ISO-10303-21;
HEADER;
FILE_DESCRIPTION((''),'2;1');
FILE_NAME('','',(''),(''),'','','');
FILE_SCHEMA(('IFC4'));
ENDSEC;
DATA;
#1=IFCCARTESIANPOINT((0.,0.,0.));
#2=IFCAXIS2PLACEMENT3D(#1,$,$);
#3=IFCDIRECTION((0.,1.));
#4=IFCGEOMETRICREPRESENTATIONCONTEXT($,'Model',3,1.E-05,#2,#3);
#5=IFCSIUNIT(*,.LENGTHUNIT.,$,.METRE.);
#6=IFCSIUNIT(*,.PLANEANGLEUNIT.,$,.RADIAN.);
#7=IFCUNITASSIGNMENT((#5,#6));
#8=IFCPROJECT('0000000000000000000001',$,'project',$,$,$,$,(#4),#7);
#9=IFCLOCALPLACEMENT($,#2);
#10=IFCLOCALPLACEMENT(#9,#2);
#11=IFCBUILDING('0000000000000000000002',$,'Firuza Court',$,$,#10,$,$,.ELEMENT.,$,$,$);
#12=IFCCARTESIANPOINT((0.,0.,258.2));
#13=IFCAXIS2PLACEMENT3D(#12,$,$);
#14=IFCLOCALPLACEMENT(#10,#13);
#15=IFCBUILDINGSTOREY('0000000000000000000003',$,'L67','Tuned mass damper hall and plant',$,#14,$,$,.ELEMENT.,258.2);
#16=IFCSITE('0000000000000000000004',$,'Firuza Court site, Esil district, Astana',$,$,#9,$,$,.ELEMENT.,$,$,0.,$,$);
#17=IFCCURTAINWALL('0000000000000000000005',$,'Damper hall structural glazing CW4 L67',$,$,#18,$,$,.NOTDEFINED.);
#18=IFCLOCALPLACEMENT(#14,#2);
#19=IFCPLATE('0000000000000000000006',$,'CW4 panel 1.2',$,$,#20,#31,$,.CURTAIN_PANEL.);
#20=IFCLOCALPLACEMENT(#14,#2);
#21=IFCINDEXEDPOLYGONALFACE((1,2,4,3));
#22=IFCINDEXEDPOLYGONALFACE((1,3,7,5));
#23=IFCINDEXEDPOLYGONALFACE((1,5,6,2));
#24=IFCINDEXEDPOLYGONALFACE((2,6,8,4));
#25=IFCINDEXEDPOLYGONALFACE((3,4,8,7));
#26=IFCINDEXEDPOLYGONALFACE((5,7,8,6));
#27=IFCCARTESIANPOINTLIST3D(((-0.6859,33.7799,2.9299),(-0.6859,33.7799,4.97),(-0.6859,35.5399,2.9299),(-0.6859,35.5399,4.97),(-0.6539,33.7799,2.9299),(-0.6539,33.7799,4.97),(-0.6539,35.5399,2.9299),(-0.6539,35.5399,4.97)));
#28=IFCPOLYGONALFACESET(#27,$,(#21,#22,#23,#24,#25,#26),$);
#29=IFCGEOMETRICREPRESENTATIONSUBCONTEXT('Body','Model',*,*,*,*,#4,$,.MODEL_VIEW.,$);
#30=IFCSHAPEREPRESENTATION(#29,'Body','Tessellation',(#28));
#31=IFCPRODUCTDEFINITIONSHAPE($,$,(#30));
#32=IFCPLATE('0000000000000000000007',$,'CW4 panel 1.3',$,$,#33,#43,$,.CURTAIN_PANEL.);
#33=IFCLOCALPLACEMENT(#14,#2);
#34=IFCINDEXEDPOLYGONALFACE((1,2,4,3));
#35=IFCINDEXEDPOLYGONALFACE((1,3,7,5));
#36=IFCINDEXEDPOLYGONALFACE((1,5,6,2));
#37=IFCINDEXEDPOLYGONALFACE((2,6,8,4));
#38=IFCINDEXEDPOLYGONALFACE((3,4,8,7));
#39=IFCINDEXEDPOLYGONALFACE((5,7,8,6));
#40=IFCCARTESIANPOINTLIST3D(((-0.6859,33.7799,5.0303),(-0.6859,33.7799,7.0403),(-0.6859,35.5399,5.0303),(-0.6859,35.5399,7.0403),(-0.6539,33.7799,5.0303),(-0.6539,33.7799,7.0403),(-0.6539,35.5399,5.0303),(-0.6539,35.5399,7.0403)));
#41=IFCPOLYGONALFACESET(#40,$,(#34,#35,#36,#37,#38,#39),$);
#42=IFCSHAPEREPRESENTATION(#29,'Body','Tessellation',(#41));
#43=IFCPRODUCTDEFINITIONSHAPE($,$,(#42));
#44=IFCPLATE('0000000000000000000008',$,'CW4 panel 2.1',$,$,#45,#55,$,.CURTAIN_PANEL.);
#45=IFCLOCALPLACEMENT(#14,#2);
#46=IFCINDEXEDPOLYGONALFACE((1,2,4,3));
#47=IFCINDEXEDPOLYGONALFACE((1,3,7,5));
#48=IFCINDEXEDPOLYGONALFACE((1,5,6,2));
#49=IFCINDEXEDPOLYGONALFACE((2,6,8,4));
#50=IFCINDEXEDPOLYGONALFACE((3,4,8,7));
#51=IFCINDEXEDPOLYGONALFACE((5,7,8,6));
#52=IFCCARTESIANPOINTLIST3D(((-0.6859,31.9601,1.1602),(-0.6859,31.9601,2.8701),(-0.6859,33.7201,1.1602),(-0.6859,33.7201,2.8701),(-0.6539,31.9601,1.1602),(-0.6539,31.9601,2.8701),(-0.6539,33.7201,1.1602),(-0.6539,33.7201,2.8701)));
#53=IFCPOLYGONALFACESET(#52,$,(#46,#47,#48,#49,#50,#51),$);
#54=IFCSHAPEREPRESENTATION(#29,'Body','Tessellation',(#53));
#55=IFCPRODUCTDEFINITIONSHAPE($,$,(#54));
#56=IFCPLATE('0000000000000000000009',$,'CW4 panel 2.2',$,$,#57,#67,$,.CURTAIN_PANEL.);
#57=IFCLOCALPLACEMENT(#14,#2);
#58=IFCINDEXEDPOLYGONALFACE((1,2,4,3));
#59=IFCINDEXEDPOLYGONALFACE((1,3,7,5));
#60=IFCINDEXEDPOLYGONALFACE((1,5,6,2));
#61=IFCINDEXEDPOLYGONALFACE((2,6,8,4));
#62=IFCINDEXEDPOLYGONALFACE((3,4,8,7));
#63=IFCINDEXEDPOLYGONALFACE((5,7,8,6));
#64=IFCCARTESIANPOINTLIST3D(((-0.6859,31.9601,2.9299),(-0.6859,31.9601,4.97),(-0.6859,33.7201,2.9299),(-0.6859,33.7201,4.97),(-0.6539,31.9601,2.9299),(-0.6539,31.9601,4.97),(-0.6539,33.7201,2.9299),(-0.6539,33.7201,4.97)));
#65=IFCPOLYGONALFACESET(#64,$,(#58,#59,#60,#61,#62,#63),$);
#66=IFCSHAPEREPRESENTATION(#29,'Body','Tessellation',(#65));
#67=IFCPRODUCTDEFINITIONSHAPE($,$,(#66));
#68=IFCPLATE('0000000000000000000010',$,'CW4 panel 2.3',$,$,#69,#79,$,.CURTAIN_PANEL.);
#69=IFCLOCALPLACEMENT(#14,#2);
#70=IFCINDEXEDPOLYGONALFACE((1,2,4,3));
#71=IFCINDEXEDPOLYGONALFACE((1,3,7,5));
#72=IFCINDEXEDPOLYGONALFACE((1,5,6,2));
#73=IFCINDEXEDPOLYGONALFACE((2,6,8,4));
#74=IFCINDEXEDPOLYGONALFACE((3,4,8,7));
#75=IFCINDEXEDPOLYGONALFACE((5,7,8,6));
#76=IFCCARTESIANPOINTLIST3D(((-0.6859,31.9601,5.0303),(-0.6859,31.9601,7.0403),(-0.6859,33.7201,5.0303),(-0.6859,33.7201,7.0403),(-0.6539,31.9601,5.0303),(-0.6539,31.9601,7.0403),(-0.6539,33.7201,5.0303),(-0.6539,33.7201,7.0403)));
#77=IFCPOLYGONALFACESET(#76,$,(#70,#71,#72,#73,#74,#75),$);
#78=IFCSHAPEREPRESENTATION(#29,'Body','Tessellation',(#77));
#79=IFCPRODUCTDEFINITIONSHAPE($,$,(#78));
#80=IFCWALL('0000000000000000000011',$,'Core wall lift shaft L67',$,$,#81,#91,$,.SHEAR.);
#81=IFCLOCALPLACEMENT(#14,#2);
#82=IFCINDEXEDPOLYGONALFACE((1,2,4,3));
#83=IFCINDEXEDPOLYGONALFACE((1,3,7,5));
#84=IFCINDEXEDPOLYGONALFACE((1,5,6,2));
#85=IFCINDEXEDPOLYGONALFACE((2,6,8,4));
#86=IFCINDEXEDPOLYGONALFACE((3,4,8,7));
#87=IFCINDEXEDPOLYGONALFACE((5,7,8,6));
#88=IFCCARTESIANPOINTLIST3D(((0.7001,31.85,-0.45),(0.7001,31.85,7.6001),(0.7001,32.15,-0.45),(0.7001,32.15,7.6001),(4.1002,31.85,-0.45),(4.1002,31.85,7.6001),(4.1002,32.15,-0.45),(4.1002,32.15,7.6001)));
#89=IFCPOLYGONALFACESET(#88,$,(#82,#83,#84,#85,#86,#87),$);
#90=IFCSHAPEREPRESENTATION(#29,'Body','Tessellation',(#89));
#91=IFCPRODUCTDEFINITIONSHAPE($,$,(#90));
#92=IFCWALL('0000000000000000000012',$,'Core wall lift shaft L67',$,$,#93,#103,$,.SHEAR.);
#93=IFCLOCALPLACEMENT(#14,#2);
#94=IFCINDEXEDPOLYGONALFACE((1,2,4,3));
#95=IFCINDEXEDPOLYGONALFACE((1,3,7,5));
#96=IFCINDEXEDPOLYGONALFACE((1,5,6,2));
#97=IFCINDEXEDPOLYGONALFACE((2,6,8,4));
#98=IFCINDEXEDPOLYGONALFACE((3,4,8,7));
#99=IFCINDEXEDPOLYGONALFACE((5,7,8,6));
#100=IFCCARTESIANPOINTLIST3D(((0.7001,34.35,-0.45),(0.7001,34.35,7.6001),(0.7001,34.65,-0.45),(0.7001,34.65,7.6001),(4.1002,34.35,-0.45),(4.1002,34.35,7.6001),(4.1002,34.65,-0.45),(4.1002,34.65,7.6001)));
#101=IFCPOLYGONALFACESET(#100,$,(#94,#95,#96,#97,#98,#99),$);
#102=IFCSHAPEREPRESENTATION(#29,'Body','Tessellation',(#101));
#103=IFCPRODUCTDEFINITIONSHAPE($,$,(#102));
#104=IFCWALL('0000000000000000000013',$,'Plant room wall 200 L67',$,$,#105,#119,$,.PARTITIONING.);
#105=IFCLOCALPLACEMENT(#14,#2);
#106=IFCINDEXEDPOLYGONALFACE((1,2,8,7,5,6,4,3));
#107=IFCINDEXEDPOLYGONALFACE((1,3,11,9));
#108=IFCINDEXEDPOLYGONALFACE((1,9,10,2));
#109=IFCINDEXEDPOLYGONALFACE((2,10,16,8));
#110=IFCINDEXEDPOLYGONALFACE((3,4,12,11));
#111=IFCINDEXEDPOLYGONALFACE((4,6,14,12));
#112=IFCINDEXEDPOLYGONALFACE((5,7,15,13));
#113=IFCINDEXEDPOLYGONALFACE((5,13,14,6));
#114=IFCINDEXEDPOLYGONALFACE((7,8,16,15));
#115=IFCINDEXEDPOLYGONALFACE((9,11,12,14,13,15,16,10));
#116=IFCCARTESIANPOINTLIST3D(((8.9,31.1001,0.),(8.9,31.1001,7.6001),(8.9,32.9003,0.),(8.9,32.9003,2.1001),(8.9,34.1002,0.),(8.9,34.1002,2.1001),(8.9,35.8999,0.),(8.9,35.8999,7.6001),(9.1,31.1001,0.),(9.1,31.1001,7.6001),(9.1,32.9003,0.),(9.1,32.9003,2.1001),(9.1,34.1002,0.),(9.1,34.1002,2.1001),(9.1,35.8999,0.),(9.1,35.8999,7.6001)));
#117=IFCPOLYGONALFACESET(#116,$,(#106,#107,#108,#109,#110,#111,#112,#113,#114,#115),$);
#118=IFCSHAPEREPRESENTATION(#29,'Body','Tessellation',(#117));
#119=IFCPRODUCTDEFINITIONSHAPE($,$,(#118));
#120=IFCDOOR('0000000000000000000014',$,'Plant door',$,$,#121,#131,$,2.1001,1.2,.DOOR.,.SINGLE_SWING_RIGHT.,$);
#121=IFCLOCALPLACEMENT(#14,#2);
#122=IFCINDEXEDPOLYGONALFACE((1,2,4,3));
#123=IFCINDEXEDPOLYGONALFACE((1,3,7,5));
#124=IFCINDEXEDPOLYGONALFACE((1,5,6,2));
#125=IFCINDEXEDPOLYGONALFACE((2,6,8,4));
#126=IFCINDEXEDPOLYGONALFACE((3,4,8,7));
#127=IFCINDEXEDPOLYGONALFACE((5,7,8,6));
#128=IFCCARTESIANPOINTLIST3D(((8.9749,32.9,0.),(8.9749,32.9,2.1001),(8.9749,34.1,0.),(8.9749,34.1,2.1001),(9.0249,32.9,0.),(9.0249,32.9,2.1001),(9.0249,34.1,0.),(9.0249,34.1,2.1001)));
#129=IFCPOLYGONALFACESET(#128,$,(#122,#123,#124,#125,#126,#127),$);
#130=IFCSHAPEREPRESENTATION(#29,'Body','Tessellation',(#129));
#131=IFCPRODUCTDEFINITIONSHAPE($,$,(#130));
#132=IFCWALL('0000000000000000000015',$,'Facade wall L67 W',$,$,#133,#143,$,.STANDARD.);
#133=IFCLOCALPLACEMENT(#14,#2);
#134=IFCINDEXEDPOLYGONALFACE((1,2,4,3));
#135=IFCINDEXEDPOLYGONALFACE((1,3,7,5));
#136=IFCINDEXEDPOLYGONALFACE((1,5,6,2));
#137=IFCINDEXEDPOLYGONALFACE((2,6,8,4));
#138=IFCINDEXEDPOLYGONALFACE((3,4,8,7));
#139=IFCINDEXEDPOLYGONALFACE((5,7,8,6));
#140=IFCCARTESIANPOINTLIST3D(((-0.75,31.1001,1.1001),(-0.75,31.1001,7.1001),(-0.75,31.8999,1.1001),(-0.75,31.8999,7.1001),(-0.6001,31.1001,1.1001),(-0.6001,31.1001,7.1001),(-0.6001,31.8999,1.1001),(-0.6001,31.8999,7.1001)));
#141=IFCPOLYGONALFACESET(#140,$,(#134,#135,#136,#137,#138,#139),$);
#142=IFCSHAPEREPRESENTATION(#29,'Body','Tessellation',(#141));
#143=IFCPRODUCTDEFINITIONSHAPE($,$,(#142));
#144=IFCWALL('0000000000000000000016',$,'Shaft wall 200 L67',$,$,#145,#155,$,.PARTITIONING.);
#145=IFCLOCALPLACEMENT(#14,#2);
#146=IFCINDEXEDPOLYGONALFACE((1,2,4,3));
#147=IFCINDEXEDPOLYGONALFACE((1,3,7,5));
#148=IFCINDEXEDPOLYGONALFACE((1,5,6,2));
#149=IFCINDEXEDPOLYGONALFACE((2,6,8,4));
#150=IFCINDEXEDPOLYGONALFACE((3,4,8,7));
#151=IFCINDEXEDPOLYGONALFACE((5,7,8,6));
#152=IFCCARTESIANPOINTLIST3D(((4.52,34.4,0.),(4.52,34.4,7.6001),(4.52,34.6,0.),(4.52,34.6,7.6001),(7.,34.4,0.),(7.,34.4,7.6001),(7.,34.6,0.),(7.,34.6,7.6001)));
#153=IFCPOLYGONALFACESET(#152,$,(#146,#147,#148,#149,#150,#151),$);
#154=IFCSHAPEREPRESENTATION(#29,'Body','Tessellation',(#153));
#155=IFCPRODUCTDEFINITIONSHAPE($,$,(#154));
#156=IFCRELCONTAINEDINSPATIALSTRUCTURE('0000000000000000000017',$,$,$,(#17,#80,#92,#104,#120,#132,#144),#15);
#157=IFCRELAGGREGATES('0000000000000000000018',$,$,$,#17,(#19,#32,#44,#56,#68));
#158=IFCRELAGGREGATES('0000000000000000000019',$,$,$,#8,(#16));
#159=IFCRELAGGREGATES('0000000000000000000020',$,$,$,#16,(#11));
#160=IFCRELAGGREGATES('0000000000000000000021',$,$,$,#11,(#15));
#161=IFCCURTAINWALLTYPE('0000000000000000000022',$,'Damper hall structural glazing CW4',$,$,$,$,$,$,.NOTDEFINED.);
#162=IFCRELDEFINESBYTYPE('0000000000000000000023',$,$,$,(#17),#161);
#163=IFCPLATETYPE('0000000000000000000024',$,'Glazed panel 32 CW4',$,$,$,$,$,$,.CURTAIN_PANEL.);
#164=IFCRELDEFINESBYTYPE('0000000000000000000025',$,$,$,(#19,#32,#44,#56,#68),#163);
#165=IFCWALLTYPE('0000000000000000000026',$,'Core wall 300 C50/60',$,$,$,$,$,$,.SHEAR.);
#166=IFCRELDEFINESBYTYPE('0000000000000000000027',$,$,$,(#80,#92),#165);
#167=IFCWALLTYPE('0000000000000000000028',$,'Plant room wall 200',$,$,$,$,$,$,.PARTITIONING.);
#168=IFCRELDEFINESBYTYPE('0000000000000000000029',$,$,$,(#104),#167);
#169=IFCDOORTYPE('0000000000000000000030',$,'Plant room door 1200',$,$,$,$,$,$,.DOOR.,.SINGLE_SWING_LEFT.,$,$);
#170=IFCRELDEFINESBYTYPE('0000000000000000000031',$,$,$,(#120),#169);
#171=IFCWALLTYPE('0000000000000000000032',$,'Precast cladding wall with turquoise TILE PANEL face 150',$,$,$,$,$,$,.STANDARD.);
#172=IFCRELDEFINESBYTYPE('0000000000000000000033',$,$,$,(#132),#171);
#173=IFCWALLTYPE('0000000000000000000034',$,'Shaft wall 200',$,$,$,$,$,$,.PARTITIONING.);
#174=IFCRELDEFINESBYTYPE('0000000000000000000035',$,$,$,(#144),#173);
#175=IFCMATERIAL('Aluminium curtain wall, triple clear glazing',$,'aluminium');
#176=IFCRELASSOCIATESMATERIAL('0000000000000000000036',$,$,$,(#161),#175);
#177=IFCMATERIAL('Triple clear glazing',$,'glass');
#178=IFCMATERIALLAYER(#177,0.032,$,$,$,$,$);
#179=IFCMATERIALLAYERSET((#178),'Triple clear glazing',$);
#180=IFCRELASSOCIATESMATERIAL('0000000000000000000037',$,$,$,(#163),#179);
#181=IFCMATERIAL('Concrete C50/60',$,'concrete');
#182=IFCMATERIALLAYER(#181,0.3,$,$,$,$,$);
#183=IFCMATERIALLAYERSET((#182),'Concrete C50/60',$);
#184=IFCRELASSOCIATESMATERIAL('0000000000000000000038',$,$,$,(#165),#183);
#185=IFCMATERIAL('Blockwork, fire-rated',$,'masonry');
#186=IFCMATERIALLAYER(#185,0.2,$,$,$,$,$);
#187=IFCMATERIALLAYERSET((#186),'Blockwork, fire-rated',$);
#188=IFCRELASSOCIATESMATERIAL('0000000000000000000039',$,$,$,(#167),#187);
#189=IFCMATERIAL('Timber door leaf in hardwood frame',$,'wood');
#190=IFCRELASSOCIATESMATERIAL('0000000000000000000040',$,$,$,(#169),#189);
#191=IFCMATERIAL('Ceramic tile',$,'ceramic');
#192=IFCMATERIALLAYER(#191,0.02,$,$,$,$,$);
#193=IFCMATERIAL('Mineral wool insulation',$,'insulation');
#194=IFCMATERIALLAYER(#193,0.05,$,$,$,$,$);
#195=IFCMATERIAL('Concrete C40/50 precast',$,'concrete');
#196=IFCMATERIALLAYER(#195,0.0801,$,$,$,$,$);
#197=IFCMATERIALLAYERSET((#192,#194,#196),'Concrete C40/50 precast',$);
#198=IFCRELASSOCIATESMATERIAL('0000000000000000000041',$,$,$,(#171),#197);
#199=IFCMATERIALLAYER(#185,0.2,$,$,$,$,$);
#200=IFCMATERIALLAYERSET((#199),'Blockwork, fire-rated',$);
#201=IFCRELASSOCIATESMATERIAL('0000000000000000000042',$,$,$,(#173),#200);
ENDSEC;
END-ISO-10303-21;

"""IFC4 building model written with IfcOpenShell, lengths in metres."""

from ifc_helpers import new_model, si_unit, direction, frame, frame_2d, origin, origin_2d, place, context, subcontext, project, spatial, rectangle, extrude, material, layer, layer_set, type_object, element, fill, aggregate, save


model = new_model("IFC4")

# Units and contexts
model_context = context("Model", 3, precision=1e-05, world=origin(), true_north=direction((0.0, 1.0)))
body_context = subcontext(model_context, "Body", "Model", "MODEL_VIEW")
ifc_project = project(units=[si_unit("LENGTHUNIT", "METRE"), si_unit("PLANEANGLEUNIT", "RADIAN")], contexts=[model_context])

# Site, building, storey
site_placement = place(None, origin())
site = spatial("IfcSite", under=ifc_project, at=site_placement, Name="Firuza Court site, Esil district, Astana", CompositionType="ELEMENT", RefElevation=0.0)
building_placement = place(site_placement, origin())
building = spatial("IfcBuilding", under=site, at=building_placement, Name="Firuza Court", CompositionType="ELEMENT")
storey_placement = place(building_placement, frame((0.0, 0.0, 258.2)))
storey = spatial("IfcBuildingStorey", under=building, at=storey_placement, Name="L67", Description="Tuned mass damper hall and plant", CompositionType="ELEMENT", Elevation=258.2)

# Curtain wall
ifc_material_1 = material(Name="Aluminium curtain wall, triple clear glazing", Category="aluminium")
curtain_wall_type = type_object("IfcCurtainWallType", Name="Damper hall structural glazing CW4", PredefinedType="NOTDEFINED", material=ifc_material_1)
curtain_wall_placement = place(storey_placement, origin())
curtain_wall = element("IfcCurtainWall", 1, at=curtain_wall_placement, inside=storey, type_object=curtain_wall_type, Name="Damper hall structural glazing CW4 L67", PredefinedType="NOTDEFINED")

# Plates
ifc_material_2 = material(Name="Triple clear glazing", Category="glass")
ifc_layer_1 = layer(ifc_material_2, 0.032)
ifc_layer_set_1 = layer_set([ifc_layer_1], Name="Triple clear glazing")
plate_type = type_object("IfcPlateType", Name="Glazed panel 32 CW4", PredefinedType="CURTAIN_PANEL", material=ifc_layer_set_1)
plate_1_placement = place(storey_placement, frame((-0.6699, 34.6599, 2.9299), z_axis=(0.0, 0.0, 1.0), x_axis=(0.0, -1.0, 0.0)))
plate_1 = element("IfcPlate", 2, at=plate_1_placement, type_object=plate_type, Name="CW4 panel 1.2", PredefinedType="CURTAIN_PANEL", context=body_context, shape_type="SweptSolid", body=[
    extrude(rectangle(XDim=1.76, YDim=0.032, at=origin_2d()), origin(), (0.0, 0.0, 1.0), 2.04),
])
plate_2_placement = place(storey_placement, frame((-0.6699, 34.6599, 5.0303), z_axis=(0.0, 0.0, 1.0), x_axis=(0.0, -1.0, 0.0)))
plate_2 = element("IfcPlate", 3, at=plate_2_placement, type_object=plate_type, Name="CW4 panel 1.3", PredefinedType="CURTAIN_PANEL", context=body_context, shape_type="SweptSolid", body=[
    extrude(rectangle(XDim=1.76, YDim=0.032, at=origin_2d()), origin(), (0.0, 0.0, 1.0), 2.01),
])
plate_3_placement = place(storey_placement, frame((-0.6699, 32.8401, 1.1602), z_axis=(0.0, 0.0, 1.0), x_axis=(0.0, -1.0, 0.0)))
plate_3 = element("IfcPlate", 4, at=plate_3_placement, type_object=plate_type, Name="CW4 panel 2.1", PredefinedType="CURTAIN_PANEL", context=body_context, shape_type="SweptSolid", body=[
    extrude(rectangle(XDim=1.76, YDim=0.032, at=origin_2d()), origin(), (0.0, 0.0, 1.0), 1.71),
])
plate_4_placement = place(storey_placement, frame((-0.6699, 32.8401, 2.9299), z_axis=(0.0, 0.0, 1.0), x_axis=(0.0, -1.0, 0.0)))
plate_4 = element("IfcPlate", 5, at=plate_4_placement, type_object=plate_type, Name="CW4 panel 2.2", PredefinedType="CURTAIN_PANEL", context=body_context, shape_type="SweptSolid", body=[
    extrude(rectangle(XDim=1.76, YDim=0.032, at=origin_2d()), origin(), (0.0, 0.0, 1.0), 2.04),
])
plate_5_placement = place(storey_placement, frame((-0.6699, 32.8401, 5.0303), z_axis=(0.0, 0.0, 1.0), x_axis=(0.0, -1.0, 0.0)))
plate_5 = element("IfcPlate", 6, at=plate_5_placement, type_object=plate_type, Name="CW4 panel 2.3", PredefinedType="CURTAIN_PANEL", context=body_context, shape_type="SweptSolid", body=[
    extrude(rectangle(XDim=1.76, YDim=0.032, at=origin_2d()), origin(), (0.0, 0.0, 1.0), 2.01),
])
aggregate(curtain_wall, [plate_1, plate_2, plate_3, plate_4, plate_5])

# Walls
ifc_material_3 = material(Name="Concrete C50/60", Category="concrete")
ifc_layer_2 = layer(ifc_material_3, 0.3)
ifc_layer_set_2 = layer_set([ifc_layer_2], Name="Concrete C50/60")
wall_type_1 = type_object("IfcWallType", Name="Core wall 300 C50/60", PredefinedType="SHEAR", material=ifc_layer_set_2)
for number, where, z_axis, x_axis, name in (
    (7, (0.7, 32.0, -0.45), (0.0, 0.0, 1.0), (1.0, 0.0, 0.0), "Core wall lift shaft L67"),
    (8, (0.7, 34.5, -0.45), (0.0, 0.0, 1.0), (1.0, 0.0, 0.0), "Core wall lift shaft L67"),
):
    element("IfcWall", number, at=place(storey_placement, frame(where, z_axis=z_axis, x_axis=x_axis)), inside=storey, type_object=wall_type_1, Name=name, PredefinedType="SHEAR", context=body_context, shape_type="SweptSolid", body=[
        extrude(rectangle(XDim=3.4001, YDim=0.3, at=frame_2d((1.7002, 0.0))), origin(), (0.0, 0.0, 1.0), 8.05),
    ])

# Wall, opening, door
ifc_material_4 = material(Name="Blockwork, fire-rated", Category="masonry")
ifc_layer_3 = layer(ifc_material_4, 0.2)
ifc_layer_set_3 = layer_set([ifc_layer_3], Name="Blockwork, fire-rated")
wall_type_2 = type_object("IfcWallType", Name="Plant room wall 200", PredefinedType="PARTITIONING", material=ifc_layer_set_3)
wall_1_placement = place(storey_placement, frame((9.0, 31.1001, 0.0), z_axis=(0.0, 0.0, 1.0), x_axis=(0.0, 1.0, 0.0)))
wall_1 = element("IfcWall", 9, at=wall_1_placement, inside=storey, type_object=wall_type_2, Name="Plant room wall 200 L67", PredefinedType="PARTITIONING", context=body_context, shape_type="SweptSolid", body=[
    extrude(rectangle(XDim=4.7998, YDim=0.2, at=frame_2d((2.3999, 0.0))), origin(), (0.0, 0.0, 1.0), 7.6001),
])
opening_1_placement = place(wall_1_placement, frame((1.8, 0.0, 0.0)))
opening_1 = element("IfcOpeningElement", 10, at=opening_1_placement, cuts=wall_1, PredefinedType="OPENING", context=body_context, shape_type="SweptSolid", body=[
    extrude(rectangle(XDim=1.2, YDim=2.1001, at=frame_2d((0.6001, 1.05))), frame((0.0, 0.1118, 0.0), z_axis=(0.0, -1.0, 0.0), x_axis=(1.0, 0.0, 0.0)), (0.0, 0.0, 1.0), 0.2239),
])
ifc_material_5 = material(Name="Timber door leaf in hardwood frame", Category="wood")
door_type_1 = type_object("IfcDoorType", Name="Plant room door 1200", OperationType="SINGLE_SWING_LEFT", PredefinedType="DOOR", material=ifc_material_5)
door_1_placement = place(opening_1_placement, frame((1.2, 0.0, 0.0), z_axis=(0.0, 0.0, 1.0), x_axis=(-1.0, 0.0, 0.0)))
door_1 = element("IfcDoor", 11, at=door_1_placement, inside=storey, type_object=door_type_1, Name="Plant door", OperationType="SINGLE_SWING_RIGHT", OverallHeight=2.1001, OverallWidth=1.2, PredefinedType="DOOR", context=body_context, shape_type="SweptSolid", body=[
    extrude(rectangle(XDim=1.2, YDim=2.1001, at=frame_2d((0.6001, 1.05))), frame((0.0, 0.0249, 0.0), z_axis=(0.0, -1.0, 0.0), x_axis=(1.0, 0.0, 0.0)), (0.0, 0.0, 1.0), 0.05),
])
fill(opening_1, door_1)

# Walls
ifc_material_6 = material(Name="Ceramic tile", Category="ceramic")
ifc_layer_4 = layer(ifc_material_6, 0.02)
ifc_material_7 = material(Name="Mineral wool insulation", Category="insulation")
ifc_layer_5 = layer(ifc_material_7, 0.05)
ifc_material_8 = material(Name="Concrete C40/50 precast", Category="concrete")
ifc_layer_6 = layer(ifc_material_8, 0.0801)
ifc_layer_set_4 = layer_set([ifc_layer_4, ifc_layer_5, ifc_layer_6], Name="Concrete C40/50 precast")
wall_type_3 = type_object("IfcWallType", Name="Precast cladding wall with turquoise TILE PANEL face 150", PredefinedType="STANDARD", material=ifc_layer_set_4)
wall_2_placement = place(storey_placement, frame((-0.675, 31.8999, 1.1001), z_axis=(0.0, 0.0, 1.0), x_axis=(0.0, -1.0, 0.0)))
element("IfcWall", 12, at=wall_2_placement, inside=storey, type_object=wall_type_3, Name="Facade wall L67 W", PredefinedType="STANDARD", context=body_context, shape_type="SweptSolid", body=[
    extrude(rectangle(XDim=0.7998, YDim=0.1499, at=frame_2d((0.3999, 0.0))), origin(), (0.0, 0.0, 1.0), 6.0),
])
ifc_layer_7 = layer(ifc_material_4, 0.2)
ifc_layer_set_5 = layer_set([ifc_layer_7], Name="Blockwork, fire-rated")
wall_type_4 = type_object("IfcWallType", Name="Shaft wall 200", PredefinedType="PARTITIONING", material=ifc_layer_set_5)
wall_3_placement = place(storey_placement, frame((4.52, 34.5, 0.0), z_axis=(0.0, 0.0, 1.0), x_axis=(1.0, 0.0, 0.0)))
element("IfcWall", 13, at=wall_3_placement, inside=storey, type_object=wall_type_4, Name="Shaft wall 200 L67", PredefinedType="PARTITIONING", context=body_context, shape_type="SweptSolid", body=[
    extrude(rectangle(XDim=2.48, YDim=0.2, at=frame_2d((1.24, 0.0))), origin(), (0.0, 0.0, 1.0), 7.6001),
])

save(model, "model.ifc")
